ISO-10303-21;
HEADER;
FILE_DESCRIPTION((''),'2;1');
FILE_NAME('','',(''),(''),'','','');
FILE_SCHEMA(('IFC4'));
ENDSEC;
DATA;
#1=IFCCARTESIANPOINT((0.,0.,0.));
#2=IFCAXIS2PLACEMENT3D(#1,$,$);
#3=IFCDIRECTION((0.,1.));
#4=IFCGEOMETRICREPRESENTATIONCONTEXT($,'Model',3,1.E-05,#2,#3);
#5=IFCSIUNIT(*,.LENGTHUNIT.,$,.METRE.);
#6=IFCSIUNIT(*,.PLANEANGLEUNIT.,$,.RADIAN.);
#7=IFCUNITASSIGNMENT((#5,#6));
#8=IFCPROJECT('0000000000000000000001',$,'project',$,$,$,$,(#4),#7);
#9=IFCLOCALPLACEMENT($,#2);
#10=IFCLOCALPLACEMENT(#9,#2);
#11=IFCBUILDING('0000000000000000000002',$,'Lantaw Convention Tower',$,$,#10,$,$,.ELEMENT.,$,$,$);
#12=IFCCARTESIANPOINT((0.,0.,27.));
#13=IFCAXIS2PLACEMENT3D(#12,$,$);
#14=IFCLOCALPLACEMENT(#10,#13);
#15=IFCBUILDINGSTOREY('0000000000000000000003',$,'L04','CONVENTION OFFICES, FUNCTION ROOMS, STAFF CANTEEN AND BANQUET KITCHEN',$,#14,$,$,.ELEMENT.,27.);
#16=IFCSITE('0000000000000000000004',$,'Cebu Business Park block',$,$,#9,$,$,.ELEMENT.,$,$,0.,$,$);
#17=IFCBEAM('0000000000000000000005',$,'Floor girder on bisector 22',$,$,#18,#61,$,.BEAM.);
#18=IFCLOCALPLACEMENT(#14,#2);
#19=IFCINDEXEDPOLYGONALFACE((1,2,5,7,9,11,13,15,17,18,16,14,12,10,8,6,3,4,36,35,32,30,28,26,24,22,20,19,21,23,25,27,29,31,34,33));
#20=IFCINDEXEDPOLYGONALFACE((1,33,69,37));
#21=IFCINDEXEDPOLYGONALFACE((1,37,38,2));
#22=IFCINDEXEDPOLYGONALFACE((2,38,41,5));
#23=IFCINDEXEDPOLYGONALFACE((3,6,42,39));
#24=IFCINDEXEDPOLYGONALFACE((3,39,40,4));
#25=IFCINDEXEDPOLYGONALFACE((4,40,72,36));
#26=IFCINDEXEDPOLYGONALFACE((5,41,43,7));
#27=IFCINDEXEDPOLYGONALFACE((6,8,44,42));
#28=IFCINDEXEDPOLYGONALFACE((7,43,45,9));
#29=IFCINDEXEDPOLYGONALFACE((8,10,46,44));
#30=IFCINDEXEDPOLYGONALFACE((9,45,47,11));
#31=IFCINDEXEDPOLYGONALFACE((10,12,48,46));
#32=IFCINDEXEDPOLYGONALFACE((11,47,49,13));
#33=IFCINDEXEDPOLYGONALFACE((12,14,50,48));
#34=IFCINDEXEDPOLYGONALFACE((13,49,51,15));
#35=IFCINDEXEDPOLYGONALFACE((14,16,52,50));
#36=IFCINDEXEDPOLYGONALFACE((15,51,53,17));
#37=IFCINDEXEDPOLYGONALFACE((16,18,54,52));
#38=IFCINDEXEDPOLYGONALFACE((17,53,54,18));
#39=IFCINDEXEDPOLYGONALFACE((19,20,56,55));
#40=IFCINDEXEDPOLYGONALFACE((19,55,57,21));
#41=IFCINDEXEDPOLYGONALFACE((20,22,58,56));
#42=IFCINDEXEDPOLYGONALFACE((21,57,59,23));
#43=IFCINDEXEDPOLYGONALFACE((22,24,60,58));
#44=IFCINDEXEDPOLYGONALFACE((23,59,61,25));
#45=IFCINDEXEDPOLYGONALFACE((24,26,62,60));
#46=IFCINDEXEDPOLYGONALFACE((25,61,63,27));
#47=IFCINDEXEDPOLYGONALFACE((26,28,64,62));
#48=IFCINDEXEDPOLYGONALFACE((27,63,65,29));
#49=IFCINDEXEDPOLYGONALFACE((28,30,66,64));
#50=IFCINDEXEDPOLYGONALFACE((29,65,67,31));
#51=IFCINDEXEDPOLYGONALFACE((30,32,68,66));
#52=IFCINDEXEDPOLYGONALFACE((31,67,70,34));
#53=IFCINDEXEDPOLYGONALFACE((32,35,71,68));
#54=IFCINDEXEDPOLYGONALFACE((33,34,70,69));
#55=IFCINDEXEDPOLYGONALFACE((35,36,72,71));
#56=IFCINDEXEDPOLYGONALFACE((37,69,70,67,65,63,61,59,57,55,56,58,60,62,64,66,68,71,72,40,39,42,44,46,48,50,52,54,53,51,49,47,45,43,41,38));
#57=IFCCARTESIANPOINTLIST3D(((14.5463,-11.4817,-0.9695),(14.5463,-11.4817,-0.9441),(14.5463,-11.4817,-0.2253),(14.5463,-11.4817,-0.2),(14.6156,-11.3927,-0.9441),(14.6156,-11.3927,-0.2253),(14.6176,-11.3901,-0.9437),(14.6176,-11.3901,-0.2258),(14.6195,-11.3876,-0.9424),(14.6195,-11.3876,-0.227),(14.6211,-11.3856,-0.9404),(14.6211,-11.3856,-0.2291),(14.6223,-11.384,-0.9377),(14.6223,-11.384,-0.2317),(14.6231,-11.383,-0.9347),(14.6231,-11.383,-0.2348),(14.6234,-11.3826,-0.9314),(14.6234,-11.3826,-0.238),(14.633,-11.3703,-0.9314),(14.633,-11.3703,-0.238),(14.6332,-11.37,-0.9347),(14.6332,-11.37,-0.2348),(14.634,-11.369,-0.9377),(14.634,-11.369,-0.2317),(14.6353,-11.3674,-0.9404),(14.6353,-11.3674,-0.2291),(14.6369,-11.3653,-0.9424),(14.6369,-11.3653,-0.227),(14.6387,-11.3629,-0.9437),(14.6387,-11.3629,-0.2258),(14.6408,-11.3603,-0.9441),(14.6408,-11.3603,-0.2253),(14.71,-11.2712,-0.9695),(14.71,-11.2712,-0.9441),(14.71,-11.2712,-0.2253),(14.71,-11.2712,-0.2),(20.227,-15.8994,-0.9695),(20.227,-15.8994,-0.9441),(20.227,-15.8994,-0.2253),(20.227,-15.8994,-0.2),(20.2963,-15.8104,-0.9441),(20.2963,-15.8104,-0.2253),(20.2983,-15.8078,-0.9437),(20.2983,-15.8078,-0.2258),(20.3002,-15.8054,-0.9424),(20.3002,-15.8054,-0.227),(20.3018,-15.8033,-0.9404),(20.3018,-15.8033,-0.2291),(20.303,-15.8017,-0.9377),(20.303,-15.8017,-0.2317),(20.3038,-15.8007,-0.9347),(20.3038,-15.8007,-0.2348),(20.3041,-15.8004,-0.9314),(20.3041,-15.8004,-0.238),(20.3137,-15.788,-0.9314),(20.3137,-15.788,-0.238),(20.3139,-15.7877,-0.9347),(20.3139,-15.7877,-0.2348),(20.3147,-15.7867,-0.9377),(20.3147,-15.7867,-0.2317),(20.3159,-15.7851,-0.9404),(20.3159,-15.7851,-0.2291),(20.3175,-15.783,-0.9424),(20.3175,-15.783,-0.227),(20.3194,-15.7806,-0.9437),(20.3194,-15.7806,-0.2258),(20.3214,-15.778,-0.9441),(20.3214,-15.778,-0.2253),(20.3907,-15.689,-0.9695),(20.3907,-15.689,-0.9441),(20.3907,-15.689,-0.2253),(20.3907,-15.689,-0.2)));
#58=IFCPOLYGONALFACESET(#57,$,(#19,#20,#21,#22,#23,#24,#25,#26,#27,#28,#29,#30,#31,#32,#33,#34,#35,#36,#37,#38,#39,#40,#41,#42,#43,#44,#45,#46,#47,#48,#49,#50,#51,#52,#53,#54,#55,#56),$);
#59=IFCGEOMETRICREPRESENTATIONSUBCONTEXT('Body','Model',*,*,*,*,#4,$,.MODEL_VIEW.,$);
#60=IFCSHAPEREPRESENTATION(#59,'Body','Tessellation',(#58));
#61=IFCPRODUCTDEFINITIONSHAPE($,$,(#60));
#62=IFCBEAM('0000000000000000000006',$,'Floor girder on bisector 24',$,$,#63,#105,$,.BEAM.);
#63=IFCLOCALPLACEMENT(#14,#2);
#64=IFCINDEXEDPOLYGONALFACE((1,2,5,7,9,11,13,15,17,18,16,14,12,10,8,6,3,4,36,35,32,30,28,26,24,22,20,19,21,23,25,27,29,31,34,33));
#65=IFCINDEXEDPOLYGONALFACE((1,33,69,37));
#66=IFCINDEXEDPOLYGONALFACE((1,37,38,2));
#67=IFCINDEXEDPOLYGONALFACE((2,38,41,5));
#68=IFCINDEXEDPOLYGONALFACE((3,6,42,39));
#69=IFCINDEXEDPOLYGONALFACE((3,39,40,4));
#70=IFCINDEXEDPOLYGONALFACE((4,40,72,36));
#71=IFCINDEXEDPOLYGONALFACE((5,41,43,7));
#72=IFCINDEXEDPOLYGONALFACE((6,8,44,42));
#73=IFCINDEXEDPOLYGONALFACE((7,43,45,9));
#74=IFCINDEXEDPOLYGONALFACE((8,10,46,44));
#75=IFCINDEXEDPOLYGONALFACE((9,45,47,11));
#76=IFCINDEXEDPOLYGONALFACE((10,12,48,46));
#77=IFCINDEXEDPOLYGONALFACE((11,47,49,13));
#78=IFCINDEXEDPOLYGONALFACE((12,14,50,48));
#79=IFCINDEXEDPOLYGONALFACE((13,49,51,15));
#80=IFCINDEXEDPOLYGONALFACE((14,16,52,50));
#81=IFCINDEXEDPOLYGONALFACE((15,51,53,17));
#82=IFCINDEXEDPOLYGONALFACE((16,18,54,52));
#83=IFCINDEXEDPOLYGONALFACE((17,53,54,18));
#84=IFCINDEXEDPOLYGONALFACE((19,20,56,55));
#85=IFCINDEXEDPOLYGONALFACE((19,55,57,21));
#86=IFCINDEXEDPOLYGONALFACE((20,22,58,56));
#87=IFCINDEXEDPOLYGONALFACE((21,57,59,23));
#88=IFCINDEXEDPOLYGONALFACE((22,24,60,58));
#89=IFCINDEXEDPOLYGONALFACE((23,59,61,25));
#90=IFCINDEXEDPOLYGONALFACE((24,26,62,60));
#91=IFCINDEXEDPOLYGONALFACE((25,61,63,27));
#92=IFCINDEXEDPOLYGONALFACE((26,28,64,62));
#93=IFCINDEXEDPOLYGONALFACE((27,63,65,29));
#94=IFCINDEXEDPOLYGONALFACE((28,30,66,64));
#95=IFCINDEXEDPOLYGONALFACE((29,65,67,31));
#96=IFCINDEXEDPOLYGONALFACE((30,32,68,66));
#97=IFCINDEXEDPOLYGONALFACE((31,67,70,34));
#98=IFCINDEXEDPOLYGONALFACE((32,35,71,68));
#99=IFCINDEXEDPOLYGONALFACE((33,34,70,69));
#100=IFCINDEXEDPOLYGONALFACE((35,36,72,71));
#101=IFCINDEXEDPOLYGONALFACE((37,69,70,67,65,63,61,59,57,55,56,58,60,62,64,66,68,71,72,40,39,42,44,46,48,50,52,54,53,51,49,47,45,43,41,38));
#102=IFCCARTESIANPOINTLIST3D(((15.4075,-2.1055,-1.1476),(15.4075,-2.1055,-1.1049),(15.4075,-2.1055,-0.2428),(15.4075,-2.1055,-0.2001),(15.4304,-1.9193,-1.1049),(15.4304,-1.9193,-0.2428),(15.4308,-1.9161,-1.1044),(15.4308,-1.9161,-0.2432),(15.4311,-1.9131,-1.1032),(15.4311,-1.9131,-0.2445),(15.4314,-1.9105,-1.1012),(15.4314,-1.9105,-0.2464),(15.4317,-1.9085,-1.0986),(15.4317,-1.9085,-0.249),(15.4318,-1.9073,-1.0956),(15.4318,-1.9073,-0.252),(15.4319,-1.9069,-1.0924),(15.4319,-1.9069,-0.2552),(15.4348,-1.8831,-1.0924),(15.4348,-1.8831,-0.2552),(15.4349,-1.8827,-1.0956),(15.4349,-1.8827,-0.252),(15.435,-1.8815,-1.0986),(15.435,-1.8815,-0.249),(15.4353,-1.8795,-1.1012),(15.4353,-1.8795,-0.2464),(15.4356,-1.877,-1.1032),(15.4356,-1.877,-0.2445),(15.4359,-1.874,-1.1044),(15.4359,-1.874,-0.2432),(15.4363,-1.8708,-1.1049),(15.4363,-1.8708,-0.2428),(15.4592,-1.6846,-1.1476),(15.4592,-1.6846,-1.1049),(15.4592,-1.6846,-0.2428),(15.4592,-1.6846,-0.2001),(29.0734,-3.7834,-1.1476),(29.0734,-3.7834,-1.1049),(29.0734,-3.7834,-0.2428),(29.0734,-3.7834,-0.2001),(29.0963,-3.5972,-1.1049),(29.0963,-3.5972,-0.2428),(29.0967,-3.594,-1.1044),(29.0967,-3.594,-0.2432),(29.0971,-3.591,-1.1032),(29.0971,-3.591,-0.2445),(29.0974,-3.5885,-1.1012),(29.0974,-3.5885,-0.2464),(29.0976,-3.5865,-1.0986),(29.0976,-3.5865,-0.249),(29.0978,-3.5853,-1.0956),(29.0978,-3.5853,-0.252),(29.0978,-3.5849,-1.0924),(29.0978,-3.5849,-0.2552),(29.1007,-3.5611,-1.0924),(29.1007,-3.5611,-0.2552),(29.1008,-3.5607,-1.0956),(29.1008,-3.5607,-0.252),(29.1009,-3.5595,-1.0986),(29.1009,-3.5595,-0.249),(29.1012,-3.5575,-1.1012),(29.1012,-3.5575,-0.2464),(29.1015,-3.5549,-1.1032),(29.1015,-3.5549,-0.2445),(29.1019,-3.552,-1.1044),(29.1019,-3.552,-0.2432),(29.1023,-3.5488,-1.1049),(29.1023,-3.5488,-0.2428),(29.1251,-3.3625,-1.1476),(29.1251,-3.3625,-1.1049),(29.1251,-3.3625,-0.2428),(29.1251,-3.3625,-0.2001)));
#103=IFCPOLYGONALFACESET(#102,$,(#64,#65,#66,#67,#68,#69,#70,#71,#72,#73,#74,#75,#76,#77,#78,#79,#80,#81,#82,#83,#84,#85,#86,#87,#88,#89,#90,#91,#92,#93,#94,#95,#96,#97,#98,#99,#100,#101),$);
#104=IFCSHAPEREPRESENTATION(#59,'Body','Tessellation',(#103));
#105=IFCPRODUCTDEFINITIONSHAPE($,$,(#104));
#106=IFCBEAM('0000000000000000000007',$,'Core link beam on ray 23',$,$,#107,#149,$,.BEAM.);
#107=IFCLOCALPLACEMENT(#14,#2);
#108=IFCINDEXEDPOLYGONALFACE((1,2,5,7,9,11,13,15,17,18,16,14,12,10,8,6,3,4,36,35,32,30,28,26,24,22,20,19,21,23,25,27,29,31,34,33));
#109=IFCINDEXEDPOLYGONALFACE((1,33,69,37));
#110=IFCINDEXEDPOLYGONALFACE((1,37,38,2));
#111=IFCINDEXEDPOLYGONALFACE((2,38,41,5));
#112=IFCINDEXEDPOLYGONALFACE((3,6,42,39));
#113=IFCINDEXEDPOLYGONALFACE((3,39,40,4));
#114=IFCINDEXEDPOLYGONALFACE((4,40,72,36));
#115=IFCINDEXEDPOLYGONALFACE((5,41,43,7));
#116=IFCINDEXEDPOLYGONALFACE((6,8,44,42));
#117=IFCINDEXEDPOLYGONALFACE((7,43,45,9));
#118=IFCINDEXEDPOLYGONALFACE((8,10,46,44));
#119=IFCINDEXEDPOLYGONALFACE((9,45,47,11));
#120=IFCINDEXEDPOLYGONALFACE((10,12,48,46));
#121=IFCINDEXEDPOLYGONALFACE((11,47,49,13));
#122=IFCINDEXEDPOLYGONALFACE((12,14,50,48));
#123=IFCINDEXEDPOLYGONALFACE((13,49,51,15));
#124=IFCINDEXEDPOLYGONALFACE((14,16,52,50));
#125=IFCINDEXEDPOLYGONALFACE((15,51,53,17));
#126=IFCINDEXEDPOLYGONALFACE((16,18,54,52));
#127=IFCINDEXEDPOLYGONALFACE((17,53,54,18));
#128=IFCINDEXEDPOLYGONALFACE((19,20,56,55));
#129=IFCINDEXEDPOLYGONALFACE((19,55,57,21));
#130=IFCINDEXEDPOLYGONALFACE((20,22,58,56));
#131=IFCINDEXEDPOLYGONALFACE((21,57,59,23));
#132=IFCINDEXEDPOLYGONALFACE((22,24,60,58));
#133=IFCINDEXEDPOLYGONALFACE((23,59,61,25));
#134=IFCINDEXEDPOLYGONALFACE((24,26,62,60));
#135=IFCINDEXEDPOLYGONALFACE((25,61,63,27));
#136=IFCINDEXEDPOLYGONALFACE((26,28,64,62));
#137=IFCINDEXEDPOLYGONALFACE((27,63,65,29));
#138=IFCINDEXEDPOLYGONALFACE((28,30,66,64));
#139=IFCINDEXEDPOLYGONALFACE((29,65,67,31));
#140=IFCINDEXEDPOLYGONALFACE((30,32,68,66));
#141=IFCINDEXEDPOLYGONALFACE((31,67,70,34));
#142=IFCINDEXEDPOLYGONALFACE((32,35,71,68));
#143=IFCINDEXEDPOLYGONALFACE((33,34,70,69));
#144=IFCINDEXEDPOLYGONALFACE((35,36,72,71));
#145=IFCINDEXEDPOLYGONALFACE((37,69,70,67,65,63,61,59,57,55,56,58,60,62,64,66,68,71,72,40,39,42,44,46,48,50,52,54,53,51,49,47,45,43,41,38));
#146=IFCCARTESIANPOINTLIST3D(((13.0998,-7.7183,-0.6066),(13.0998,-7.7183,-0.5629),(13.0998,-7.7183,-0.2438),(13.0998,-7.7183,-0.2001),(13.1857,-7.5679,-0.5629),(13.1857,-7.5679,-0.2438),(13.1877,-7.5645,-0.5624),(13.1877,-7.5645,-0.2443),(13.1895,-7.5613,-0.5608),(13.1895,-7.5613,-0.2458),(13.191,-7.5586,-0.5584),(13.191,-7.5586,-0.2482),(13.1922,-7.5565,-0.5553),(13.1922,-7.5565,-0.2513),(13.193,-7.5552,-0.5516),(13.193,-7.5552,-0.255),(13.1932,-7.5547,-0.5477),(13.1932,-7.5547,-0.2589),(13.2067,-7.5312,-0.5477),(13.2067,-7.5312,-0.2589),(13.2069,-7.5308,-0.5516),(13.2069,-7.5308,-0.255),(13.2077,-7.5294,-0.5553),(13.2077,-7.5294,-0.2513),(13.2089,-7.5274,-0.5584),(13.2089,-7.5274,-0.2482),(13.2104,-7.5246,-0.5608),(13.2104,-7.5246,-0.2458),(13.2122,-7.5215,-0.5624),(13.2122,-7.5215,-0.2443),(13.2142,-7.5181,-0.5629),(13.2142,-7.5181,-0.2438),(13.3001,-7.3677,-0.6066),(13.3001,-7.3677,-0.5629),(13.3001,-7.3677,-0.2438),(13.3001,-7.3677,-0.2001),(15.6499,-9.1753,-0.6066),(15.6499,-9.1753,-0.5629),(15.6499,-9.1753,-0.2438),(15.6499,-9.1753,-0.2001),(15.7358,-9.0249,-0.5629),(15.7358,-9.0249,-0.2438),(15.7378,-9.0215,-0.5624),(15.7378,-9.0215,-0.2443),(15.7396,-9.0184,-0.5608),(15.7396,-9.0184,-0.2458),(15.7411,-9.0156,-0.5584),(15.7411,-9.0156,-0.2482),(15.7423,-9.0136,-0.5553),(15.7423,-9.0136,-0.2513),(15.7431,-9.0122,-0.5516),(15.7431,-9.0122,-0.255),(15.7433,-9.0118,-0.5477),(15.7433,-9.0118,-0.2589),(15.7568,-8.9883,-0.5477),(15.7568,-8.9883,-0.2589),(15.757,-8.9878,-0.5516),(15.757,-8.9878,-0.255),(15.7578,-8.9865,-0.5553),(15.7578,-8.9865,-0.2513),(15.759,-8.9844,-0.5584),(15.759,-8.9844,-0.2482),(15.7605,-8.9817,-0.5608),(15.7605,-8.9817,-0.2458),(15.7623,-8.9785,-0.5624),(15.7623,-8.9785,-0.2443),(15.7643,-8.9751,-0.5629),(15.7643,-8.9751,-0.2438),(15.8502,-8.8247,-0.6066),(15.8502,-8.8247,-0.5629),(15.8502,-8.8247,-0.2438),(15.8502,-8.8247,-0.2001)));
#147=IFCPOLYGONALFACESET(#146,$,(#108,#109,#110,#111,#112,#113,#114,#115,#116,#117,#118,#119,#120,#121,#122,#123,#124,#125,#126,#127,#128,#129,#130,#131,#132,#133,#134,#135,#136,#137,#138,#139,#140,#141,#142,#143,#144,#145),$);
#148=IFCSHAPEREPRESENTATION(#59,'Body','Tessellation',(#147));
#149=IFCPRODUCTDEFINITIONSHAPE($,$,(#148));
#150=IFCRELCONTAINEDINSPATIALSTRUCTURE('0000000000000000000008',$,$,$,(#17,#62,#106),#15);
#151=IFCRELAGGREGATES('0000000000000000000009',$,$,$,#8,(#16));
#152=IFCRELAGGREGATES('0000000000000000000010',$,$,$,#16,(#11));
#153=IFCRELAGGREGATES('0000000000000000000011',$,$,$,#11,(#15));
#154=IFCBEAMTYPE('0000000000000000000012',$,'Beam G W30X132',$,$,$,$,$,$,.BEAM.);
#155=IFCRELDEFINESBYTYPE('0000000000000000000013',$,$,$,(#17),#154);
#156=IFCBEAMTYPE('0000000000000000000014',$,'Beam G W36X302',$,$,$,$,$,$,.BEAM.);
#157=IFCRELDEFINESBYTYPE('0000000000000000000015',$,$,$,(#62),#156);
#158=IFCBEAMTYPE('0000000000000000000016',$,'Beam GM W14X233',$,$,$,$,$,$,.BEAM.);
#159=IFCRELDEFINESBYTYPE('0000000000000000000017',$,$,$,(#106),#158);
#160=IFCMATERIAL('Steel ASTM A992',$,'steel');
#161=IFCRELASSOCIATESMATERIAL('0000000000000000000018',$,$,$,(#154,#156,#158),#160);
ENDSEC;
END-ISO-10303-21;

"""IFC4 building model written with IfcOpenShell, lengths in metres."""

from ifc_helpers import new_model, si_unit, direction, frame, origin, origin_2d, place, context, subcontext, project, spatial, i_section, extrude, material, material_profile, profile_set, type_object, element, save


model = new_model("IFC4")

# Units and contexts
model_context = context("Model", 3, precision=1e-05, world=origin(), true_north=direction((0.0, 1.0)))
body_context = subcontext(model_context, "Body", "Model", "MODEL_VIEW")
ifc_project = project(units=[si_unit("LENGTHUNIT", "METRE"), si_unit("PLANEANGLEUNIT", "RADIAN")], contexts=[model_context])

# Site, building, storey
site_placement = place(None, origin())
site = spatial("IfcSite", under=ifc_project, at=site_placement, Name="Cebu Business Park block", CompositionType="ELEMENT", RefElevation=0.0)
building_placement = place(site_placement, origin())
building = spatial("IfcBuilding", under=site, at=building_placement, Name="Lantaw Convention Tower", CompositionType="ELEMENT")
storey_placement = place(building_placement, frame((0.0, 0.0, 27.0)))
storey = spatial("IfcBuildingStorey", under=building, at=storey_placement, Name="L04", Description="CONVENTION OFFICES, FUNCTION ROOMS, STAFF CANTEEN AND BANQUET KITCHEN", CompositionType="ELEMENT", Elevation=27.0)

# Beams
ifc_material_1 = material(Name="Steel ASTM A992", Category="steel")
ifc_material_profile_1 = material_profile(ifc_material_1, i_section(OverallWidth=0.2666, OverallDepth=0.7695, WebThickness=0.0156, FlangeThickness=0.0254, FilletRadius=0.0127, at=origin_2d()), Name="W30X132")
ifc_profile_set_1 = profile_set([ifc_material_profile_1], Name="Steel ASTM A992")
beam_type_1 = type_object("IfcBeamType", Name="Beam G W30X132", PredefinedType="BEAM", material=ifc_profile_set_1)
beam_1_placement = place(storey_placement, frame((14.6282, -11.3765, -0.5847), z_axis=(0.789391, -0.613891, 0.0), x_axis=(0.613891, 0.789391, 0.0)))
element("IfcBeam", 1, at=beam_1_placement, inside=storey, type_object=beam_type_1, Name="Floor girder on bisector 22", PredefinedType="BEAM", context=body_context, shape_type="SweptSolid", body=[
    extrude(i_section(OverallWidth=0.2666, OverallDepth=0.7695, WebThickness=0.0156, FlangeThickness=0.0254, FilletRadius=0.0127, at=origin_2d()), origin(), (0.0, 0.0, 1.0), 7.1963),
])
ifc_material_profile_2 = material_profile(ifc_material_1, i_section(OverallWidth=0.4241, OverallDepth=0.9475, WebThickness=0.0239, FlangeThickness=0.0427, FilletRadius=0.0125, at=origin_2d()), Name="W36X302")
ifc_profile_set_2 = profile_set([ifc_material_profile_2], Name="Steel ASTM A992")
beam_type_2 = type_object("IfcBeamType", Name="Beam G W36X302", PredefinedType="BEAM", material=ifc_profile_set_2)
beam_2_placement = place(storey_placement, frame((15.4333, -1.895, -0.6738), z_axis=(0.992546, -0.12187, 0.0), x_axis=(0.12187, 0.992546, 0.0)))
element("IfcBeam", 2, at=beam_2_placement, inside=storey, type_object=beam_type_2, Name="Floor girder on bisector 24", PredefinedType="BEAM", context=body_context, shape_type="SweptSolid", body=[
    extrude(i_section(OverallWidth=0.4241, OverallDepth=0.9475, WebThickness=0.0239, FlangeThickness=0.0427, FilletRadius=0.0125, at=origin_2d()), origin(), (0.0, 0.0, 1.0), 13.7686),
])
ifc_material_profile_3 = material_profile(ifc_material_1, i_section(OverallWidth=0.4038, OverallDepth=0.4065, WebThickness=0.0271, FlangeThickness=0.0437, FilletRadius=0.0151, at=origin_2d()), Name="W14X233")
ifc_profile_set_3 = profile_set([ifc_material_profile_3], Name="Steel ASTM A992")
beam_type_3 = type_object("IfcBeamType", Name="Beam GM W14X233", PredefinedType="BEAM", material=ifc_profile_set_3)
beam_3_placement = place(storey_placement, frame((13.2, -7.543, -0.4033), z_axis=(0.868264, -0.496103, 0.0), x_axis=(0.496103, 0.868264, 0.0)))
element("IfcBeam", 3, at=beam_3_placement, inside=storey, type_object=beam_type_3, Name="Core link beam on ray 23", PredefinedType="BEAM", context=body_context, shape_type="SweptSolid", body=[
    extrude(i_section(OverallWidth=0.4038, OverallDepth=0.4065, WebThickness=0.0271, FlangeThickness=0.0437, FilletRadius=0.0151, at=origin_2d()), origin(), (0.0, 0.0, 1.0), 2.937),
])

save(model, "model.ifc")
